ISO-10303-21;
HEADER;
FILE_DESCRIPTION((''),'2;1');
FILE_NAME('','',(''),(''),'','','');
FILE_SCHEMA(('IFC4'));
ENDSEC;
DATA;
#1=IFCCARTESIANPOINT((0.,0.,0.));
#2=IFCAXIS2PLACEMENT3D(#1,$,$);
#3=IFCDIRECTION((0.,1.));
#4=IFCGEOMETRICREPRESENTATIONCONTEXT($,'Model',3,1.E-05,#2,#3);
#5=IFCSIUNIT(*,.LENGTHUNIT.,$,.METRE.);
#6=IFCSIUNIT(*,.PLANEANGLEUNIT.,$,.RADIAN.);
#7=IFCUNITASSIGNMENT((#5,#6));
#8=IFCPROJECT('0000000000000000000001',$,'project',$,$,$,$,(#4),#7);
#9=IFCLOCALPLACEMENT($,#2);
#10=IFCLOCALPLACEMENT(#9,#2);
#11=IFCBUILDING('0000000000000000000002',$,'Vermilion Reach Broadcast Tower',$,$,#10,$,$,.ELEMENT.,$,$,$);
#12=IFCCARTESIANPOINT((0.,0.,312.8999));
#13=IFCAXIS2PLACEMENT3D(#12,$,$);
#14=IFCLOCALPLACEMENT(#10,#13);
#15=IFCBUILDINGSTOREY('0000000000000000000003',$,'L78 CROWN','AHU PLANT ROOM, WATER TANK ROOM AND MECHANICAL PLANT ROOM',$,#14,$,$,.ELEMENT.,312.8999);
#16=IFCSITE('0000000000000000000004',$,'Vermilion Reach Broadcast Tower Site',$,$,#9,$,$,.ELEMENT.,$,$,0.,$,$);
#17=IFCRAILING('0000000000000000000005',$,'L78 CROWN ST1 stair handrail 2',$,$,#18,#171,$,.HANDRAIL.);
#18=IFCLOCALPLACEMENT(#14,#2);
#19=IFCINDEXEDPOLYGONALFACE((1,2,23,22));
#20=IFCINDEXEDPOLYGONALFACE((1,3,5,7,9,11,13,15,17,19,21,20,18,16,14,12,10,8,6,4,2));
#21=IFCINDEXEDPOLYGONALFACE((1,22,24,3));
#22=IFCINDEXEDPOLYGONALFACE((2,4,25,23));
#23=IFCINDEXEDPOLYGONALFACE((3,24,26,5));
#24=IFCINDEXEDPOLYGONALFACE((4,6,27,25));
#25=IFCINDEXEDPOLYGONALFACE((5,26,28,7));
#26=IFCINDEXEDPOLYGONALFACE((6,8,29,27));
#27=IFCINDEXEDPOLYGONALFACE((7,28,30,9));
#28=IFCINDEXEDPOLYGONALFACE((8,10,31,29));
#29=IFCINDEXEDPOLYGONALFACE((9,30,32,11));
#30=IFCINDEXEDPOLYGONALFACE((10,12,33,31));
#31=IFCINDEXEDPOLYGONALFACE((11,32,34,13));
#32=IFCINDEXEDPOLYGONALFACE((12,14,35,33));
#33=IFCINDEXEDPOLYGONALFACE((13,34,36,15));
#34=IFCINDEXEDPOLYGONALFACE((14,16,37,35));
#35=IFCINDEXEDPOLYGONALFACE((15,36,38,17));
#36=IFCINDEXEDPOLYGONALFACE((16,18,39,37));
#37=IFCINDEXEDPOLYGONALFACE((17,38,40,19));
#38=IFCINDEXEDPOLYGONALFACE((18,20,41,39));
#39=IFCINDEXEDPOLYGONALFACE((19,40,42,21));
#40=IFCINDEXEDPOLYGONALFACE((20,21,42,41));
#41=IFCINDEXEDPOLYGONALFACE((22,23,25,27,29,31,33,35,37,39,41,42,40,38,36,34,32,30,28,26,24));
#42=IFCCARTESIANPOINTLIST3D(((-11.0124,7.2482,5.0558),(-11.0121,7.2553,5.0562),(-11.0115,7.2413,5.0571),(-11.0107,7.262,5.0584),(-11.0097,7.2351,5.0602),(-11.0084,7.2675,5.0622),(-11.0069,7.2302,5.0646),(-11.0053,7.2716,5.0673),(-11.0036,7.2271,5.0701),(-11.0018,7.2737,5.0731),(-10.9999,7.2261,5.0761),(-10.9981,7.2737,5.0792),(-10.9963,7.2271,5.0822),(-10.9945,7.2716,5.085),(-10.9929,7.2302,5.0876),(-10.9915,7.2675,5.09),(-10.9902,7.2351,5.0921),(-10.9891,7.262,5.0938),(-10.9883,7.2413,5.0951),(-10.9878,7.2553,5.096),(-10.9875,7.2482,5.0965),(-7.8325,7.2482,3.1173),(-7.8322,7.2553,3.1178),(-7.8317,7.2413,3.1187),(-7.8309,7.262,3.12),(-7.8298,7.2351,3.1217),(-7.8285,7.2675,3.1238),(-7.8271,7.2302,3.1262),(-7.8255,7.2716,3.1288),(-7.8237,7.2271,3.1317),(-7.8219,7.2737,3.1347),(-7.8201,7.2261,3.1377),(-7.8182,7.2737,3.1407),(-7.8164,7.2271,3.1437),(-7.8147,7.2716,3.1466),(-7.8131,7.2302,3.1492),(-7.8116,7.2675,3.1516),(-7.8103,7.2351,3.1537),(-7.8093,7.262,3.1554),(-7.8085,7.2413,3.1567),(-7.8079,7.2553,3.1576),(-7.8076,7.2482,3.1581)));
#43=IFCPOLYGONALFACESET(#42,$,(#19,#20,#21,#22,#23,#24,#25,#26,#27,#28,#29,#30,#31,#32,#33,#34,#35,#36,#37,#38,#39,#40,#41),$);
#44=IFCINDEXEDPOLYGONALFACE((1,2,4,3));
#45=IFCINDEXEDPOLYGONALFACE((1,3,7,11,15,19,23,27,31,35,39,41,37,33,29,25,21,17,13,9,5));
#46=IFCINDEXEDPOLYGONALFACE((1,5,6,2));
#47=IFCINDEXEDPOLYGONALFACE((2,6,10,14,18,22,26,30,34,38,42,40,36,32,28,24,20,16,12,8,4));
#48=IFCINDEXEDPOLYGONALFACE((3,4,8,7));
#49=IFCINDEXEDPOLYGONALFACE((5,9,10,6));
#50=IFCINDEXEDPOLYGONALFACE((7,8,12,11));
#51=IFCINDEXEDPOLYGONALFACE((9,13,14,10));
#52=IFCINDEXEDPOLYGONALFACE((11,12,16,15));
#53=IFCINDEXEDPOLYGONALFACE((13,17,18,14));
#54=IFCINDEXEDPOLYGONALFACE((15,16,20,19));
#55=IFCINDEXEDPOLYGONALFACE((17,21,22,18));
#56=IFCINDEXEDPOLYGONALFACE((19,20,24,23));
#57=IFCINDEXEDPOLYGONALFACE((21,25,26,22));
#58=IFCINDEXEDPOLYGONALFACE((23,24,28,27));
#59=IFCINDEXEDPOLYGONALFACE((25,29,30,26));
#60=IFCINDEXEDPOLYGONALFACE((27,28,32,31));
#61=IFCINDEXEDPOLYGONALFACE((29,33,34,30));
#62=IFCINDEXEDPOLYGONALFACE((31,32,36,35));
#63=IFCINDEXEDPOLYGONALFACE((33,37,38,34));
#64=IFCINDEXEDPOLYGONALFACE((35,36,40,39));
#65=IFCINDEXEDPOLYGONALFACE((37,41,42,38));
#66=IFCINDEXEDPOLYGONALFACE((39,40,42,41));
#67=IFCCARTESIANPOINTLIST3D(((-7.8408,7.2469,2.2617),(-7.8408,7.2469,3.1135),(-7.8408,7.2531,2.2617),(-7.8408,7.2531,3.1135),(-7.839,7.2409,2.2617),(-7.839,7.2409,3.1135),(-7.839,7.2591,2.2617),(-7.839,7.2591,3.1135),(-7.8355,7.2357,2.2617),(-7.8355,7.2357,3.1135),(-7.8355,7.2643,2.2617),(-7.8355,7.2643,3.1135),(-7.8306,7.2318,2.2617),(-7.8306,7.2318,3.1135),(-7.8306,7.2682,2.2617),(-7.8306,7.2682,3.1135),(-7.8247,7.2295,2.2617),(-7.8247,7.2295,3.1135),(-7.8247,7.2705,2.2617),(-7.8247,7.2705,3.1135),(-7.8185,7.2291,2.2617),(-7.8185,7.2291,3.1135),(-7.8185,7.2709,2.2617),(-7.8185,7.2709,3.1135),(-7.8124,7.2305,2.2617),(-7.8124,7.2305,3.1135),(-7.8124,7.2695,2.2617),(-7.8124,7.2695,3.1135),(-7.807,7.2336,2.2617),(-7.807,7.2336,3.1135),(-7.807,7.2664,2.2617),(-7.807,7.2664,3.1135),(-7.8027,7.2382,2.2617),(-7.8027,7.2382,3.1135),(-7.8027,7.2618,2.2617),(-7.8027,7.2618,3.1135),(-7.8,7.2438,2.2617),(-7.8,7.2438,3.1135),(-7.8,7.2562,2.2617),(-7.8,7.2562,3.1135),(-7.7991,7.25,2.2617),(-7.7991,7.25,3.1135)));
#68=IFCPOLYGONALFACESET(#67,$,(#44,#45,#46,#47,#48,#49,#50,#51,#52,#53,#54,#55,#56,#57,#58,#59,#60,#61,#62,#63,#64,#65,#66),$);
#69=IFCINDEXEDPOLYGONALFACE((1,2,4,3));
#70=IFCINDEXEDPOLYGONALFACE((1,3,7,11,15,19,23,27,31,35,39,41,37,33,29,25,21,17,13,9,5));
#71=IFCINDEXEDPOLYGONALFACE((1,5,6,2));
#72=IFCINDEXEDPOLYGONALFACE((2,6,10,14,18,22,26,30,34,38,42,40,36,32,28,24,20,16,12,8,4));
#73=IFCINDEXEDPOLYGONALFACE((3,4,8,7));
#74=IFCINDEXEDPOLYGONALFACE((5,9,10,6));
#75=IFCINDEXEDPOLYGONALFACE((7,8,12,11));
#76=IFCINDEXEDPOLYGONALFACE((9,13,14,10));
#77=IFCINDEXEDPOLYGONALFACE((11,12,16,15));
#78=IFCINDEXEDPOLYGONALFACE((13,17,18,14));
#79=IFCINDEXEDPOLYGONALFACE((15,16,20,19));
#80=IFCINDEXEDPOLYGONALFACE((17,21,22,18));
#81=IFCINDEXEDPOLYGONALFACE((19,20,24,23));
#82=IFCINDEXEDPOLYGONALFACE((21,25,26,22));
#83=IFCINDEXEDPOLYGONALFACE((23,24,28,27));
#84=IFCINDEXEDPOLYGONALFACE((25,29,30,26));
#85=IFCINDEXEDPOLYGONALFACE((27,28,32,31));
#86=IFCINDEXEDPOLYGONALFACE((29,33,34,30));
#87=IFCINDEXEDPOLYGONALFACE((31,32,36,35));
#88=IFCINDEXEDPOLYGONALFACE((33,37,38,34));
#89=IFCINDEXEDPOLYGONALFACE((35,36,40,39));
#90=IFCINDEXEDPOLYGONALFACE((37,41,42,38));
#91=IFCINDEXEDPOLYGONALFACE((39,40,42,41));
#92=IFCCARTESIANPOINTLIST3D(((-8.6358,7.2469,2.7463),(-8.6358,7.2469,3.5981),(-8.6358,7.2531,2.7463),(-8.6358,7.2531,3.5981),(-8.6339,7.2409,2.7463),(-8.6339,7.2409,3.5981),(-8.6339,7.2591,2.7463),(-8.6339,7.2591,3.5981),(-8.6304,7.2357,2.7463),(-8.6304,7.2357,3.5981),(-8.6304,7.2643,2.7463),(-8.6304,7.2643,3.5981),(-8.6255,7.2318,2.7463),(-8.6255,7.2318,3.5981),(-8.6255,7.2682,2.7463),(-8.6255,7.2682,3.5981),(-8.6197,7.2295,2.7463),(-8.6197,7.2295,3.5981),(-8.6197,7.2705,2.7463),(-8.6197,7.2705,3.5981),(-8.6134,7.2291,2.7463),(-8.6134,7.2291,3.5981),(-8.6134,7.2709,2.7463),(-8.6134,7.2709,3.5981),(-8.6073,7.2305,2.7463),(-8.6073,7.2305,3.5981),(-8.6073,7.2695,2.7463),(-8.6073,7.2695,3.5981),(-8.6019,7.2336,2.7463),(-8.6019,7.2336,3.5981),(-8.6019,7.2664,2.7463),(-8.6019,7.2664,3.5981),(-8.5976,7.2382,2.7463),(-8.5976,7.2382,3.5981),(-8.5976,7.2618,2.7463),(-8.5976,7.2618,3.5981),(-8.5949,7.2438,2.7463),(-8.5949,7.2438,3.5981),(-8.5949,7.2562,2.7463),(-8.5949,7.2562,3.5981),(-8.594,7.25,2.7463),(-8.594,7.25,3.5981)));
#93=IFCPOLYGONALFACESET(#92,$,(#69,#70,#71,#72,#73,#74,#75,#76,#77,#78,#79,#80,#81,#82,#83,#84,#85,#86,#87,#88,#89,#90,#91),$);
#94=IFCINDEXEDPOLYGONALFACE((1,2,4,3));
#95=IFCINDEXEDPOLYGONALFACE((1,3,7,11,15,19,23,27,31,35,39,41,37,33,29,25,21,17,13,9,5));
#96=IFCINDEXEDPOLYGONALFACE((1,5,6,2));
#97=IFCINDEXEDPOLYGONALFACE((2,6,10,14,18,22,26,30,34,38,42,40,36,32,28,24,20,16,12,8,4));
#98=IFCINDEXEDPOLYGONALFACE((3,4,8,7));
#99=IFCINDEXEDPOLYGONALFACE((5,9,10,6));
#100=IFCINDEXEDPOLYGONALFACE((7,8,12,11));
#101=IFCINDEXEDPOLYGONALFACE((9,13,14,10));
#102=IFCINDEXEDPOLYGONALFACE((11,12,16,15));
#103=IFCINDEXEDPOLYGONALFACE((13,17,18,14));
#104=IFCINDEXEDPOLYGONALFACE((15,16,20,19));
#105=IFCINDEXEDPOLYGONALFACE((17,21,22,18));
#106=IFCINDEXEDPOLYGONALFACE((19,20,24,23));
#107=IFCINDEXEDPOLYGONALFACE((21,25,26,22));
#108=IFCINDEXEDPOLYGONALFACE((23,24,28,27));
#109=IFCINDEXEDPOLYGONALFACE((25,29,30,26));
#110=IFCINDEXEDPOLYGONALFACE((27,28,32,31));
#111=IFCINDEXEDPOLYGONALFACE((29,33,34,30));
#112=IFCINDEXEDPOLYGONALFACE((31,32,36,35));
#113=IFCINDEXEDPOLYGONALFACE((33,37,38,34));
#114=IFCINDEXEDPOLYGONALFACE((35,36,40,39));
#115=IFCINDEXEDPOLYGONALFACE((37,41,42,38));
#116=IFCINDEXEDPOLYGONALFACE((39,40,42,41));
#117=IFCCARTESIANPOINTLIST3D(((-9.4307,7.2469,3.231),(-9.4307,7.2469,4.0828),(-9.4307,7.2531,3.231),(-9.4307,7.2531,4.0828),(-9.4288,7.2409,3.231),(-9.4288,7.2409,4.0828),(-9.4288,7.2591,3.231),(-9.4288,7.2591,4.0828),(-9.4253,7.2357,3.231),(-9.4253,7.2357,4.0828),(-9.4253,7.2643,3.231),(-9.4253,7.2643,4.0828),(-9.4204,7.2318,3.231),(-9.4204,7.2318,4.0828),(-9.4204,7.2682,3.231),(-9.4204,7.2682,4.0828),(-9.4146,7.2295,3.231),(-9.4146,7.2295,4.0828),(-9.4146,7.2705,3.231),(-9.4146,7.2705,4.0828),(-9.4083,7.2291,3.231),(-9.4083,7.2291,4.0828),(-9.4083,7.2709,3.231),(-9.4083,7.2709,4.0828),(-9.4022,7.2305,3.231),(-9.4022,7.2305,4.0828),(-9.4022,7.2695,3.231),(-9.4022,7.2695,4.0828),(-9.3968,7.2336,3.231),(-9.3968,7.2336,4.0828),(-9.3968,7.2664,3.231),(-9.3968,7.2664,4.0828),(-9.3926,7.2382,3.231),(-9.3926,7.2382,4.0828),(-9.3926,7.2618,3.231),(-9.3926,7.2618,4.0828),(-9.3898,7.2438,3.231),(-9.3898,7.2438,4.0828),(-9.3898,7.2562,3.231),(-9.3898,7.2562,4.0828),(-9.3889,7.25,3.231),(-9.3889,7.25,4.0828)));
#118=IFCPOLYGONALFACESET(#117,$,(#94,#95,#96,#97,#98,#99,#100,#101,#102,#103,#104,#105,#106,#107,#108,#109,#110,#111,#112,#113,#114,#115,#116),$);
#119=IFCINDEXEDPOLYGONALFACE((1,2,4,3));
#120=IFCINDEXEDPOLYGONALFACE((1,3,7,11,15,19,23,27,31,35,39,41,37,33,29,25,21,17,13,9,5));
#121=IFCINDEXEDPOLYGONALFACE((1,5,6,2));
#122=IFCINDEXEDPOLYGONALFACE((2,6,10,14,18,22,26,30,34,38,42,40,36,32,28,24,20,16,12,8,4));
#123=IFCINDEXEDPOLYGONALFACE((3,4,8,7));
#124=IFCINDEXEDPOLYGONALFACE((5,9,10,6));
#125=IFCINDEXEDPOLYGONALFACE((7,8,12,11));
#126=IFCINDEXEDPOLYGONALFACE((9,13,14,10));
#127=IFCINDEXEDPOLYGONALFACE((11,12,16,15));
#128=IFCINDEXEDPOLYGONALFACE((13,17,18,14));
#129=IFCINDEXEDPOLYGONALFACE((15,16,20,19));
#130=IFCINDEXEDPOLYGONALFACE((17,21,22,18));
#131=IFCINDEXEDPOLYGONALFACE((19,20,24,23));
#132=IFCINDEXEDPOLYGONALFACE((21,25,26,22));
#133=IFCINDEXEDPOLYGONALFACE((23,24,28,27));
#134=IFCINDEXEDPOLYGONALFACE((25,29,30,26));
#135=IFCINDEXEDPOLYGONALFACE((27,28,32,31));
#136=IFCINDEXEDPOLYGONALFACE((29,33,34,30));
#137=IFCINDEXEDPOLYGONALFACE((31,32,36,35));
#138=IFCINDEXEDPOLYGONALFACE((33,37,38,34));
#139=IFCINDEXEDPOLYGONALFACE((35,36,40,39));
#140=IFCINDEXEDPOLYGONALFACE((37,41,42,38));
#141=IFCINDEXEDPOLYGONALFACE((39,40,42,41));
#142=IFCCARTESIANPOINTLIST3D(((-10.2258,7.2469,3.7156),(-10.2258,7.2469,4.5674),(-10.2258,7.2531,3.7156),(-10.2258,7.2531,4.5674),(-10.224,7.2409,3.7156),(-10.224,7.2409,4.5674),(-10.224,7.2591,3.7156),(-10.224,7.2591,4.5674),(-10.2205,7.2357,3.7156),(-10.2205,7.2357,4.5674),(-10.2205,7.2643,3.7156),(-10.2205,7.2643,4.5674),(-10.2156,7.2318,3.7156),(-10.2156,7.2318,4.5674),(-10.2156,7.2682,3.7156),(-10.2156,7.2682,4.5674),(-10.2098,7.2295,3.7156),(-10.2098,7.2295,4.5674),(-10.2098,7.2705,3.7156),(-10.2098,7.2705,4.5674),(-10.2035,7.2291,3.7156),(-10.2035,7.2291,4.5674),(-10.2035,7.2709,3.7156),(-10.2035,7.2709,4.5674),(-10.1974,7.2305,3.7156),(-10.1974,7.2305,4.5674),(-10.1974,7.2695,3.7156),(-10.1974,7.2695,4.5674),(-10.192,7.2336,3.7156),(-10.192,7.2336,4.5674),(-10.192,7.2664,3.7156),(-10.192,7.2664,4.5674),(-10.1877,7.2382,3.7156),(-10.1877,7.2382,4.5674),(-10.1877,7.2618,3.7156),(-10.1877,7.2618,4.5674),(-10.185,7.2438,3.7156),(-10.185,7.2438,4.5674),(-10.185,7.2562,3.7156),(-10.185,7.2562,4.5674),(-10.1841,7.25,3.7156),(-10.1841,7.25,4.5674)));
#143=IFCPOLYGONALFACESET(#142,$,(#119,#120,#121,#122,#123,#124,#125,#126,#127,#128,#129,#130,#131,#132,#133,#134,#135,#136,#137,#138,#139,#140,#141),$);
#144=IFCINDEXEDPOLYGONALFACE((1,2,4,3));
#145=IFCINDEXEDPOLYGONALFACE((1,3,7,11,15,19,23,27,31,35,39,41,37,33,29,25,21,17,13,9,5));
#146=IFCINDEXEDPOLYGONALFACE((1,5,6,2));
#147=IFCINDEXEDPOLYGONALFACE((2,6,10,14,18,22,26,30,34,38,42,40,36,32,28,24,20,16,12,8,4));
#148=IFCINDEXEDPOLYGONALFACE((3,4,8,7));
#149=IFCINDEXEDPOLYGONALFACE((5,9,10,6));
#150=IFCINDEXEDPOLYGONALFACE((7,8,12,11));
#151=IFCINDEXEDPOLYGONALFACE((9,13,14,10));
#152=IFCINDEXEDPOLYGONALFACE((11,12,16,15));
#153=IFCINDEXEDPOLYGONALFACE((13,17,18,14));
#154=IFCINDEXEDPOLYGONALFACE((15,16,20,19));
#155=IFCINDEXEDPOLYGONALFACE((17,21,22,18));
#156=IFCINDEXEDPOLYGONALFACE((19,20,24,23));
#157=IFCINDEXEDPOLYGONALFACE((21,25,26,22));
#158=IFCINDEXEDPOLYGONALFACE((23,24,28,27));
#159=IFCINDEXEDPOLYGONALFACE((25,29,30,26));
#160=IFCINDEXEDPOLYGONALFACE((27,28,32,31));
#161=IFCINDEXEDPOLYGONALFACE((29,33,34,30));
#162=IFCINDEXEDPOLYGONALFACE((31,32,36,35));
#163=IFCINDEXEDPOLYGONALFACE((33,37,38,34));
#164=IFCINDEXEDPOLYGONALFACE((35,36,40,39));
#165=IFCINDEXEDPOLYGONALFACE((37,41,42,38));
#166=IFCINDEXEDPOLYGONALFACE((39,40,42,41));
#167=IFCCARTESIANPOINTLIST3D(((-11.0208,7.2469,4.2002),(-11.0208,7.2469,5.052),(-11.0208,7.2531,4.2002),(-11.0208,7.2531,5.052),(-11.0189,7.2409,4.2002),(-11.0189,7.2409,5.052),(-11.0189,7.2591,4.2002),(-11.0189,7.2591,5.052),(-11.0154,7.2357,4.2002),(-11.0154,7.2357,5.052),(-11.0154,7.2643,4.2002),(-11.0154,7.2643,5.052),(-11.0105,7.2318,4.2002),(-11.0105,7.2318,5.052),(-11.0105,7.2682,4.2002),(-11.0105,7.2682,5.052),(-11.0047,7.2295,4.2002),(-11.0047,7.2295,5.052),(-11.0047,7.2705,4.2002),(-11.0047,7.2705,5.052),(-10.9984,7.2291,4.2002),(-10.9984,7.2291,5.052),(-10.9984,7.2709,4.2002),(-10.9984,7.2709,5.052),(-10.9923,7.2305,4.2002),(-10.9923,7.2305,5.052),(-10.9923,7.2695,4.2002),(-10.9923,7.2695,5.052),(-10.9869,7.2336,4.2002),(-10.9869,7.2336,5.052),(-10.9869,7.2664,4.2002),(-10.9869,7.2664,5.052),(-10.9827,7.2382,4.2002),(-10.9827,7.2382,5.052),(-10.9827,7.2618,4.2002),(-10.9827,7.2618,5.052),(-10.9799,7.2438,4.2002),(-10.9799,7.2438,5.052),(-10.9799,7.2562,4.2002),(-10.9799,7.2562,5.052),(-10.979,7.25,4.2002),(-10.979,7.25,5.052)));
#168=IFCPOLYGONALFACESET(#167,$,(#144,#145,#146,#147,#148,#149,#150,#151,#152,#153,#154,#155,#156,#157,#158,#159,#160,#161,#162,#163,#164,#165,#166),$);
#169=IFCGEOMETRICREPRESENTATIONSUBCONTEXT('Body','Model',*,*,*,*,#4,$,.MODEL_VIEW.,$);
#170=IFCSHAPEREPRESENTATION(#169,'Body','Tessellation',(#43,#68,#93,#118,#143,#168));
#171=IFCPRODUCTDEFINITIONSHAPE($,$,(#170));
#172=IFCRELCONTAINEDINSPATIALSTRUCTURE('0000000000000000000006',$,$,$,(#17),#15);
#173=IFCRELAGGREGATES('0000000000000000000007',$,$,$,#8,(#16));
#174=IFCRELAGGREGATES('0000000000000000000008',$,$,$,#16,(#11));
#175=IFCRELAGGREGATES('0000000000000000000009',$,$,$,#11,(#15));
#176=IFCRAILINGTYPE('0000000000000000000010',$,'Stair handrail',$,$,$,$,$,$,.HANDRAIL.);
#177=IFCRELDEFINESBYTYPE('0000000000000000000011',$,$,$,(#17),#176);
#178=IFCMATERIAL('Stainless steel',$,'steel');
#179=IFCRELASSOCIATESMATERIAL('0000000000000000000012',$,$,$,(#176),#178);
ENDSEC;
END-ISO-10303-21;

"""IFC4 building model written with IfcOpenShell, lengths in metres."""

from ifc_helpers import new_model, si_unit, direction, frame, origin, origin_2d, place, context, subcontext, project, spatial, circle, extrude, material, type_object, element, save


model = new_model("IFC4")

# Units and contexts
model_context = context("Model", 3, precision=1e-05, world=origin(), true_north=direction((0.0, 1.0)))
body_context = subcontext(model_context, "Body", "Model", "MODEL_VIEW")
ifc_project = project(units=[si_unit("LENGTHUNIT", "METRE"), si_unit("PLANEANGLEUNIT", "RADIAN")], contexts=[model_context])

# Site, building, storey
site_placement = place(None, origin())
site = spatial("IfcSite", under=ifc_project, at=site_placement, Name="Vermilion Reach Broadcast Tower Site", CompositionType="ELEMENT", RefElevation=0.0)
building_placement = place(site_placement, origin())
building = spatial("IfcBuilding", under=site, at=building_placement, Name="Vermilion Reach Broadcast Tower", CompositionType="ELEMENT")
storey_placement = place(building_placement, frame((0.0, 0.0, 312.8999)))
storey = spatial("IfcBuildingStorey", under=building, at=storey_placement, Name="L78 CROWN", Description="AHU PLANT ROOM, WATER TANK ROOM AND MECHANICAL PLANT ROOM", CompositionType="ELEMENT", Elevation=312.8999)

# Railing
ifc_material_1 = material(Name="Stainless steel", Category="steel")
railing_type_1 = type_object("IfcRailingType", Name="Stair handrail", PredefinedType="HANDRAIL", material=ifc_material_1)
railing_1_placement = place(storey_placement, frame((-7.8201, 7.25, 2.2617)))
element("IfcRailing", 1, at=railing_1_placement, inside=storey, type_object=railing_type_1, Name="L78 CROWN ST1 stair handrail 2", PredefinedType="HANDRAIL", context=body_context, shape_type="SweptSolid", body=[
    extrude(circle(Radius=0.0239, at=origin_2d()), frame((0.0, 0.0, 0.876), z_axis=(-0.853857, 0.0, 0.520508), x_axis=(0.0, -1.0, 0.0)), (0.0, 0.0, 1.0), 3.7241),
    extrude(circle(Radius=0.021, at=origin_2d()), origin(), (0.0, 0.0, 1.0), 0.8518),
    extrude(circle(Radius=0.021, at=origin_2d()), frame((-0.7949, 0.0, 0.4846)), (0.0, 0.0, 1.0), 0.8518),
    extrude(circle(Radius=0.021, at=origin_2d()), frame((-1.5898, 0.0, 0.9692)), (0.0, 0.0, 1.0), 0.8518),
    extrude(circle(Radius=0.021, at=origin_2d()), frame((-2.385, 0.0, 1.4539)), (0.0, 0.0, 1.0), 0.8518),
    extrude(circle(Radius=0.021, at=origin_2d()), frame((-3.1799, 0.0, 1.9385)), (0.0, 0.0, 1.0), 0.8518),
])

save(model, "model.ifc")
